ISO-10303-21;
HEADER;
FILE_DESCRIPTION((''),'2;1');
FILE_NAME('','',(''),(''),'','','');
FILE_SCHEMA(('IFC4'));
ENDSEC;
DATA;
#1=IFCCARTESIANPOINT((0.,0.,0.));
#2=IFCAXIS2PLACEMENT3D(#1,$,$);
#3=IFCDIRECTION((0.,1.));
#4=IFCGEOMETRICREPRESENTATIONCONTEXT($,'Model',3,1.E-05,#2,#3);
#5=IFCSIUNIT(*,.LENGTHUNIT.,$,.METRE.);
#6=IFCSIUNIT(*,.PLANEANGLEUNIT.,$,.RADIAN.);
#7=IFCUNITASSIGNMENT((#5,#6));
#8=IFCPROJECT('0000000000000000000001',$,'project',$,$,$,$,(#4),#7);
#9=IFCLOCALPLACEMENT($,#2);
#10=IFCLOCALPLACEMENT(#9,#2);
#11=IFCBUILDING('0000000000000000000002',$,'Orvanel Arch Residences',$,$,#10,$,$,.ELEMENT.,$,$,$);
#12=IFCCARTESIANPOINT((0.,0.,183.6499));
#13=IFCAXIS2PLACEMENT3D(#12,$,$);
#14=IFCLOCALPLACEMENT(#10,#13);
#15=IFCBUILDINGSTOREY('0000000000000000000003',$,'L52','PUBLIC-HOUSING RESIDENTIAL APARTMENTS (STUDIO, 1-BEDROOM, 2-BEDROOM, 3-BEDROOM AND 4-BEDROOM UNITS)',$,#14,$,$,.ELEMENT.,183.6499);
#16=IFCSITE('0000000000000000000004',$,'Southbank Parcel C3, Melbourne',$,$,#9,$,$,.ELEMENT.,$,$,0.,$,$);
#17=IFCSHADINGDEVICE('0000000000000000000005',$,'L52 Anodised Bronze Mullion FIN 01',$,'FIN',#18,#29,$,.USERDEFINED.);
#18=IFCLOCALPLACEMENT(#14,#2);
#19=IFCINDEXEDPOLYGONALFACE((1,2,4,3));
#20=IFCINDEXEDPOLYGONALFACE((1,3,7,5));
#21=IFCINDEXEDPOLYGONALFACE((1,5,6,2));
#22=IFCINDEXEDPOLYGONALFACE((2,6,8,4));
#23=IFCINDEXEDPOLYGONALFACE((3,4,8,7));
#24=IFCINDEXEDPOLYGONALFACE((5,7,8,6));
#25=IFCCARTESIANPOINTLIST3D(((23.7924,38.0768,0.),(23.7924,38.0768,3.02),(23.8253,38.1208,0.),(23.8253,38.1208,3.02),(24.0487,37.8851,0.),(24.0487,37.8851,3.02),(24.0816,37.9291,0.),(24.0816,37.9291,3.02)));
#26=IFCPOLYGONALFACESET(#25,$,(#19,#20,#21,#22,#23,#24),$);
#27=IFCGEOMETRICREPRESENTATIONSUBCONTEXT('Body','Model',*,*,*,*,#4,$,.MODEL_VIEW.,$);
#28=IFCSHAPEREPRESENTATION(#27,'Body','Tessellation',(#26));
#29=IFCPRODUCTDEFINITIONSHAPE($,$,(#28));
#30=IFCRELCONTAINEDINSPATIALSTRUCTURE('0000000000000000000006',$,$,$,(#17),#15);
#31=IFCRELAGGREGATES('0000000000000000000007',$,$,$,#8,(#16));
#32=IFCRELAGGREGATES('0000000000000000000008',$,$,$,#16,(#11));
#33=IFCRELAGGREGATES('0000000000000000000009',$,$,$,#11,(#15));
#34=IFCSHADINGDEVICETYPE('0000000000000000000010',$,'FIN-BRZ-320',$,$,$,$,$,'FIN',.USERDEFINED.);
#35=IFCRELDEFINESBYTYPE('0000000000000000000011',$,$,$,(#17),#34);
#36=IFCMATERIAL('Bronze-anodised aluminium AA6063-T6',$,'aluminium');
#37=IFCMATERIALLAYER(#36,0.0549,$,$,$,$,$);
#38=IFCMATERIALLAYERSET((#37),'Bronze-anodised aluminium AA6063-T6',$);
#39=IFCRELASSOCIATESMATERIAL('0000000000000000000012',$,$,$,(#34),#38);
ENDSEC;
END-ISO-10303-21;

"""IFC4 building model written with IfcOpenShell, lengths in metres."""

from ifc_helpers import new_model, si_unit, direction, frame, origin, origin_2d, place, context, subcontext, project, spatial, rectangle, extrude, material, layer, layer_set, type_object, element, save


model = new_model("IFC4")

# Units and contexts
model_context = context("Model", 3, precision=1e-05, world=origin(), true_north=direction((0.0, 1.0)))
body_context = subcontext(model_context, "Body", "Model", "MODEL_VIEW")
ifc_project = project(units=[si_unit("LENGTHUNIT", "METRE"), si_unit("PLANEANGLEUNIT", "RADIAN")], contexts=[model_context])

# Site, building, storey
site_placement = place(None, origin())
site = spatial("IfcSite", under=ifc_project, at=site_placement, Name="Southbank Parcel C3, Melbourne", CompositionType="ELEMENT", RefElevation=0.0)
building_placement = place(site_placement, origin())
building = spatial("IfcBuilding", under=site, at=building_placement, Name="Orvanel Arch Residences", CompositionType="ELEMENT")
storey_placement = place(building_placement, frame((0.0, 0.0, 183.6499)))
storey = spatial("IfcBuildingStorey", under=building, at=storey_placement, Name="L52", Description="PUBLIC-HOUSING RESIDENTIAL APARTMENTS (STUDIO, 1-BEDROOM, 2-BEDROOM, 3-BEDROOM AND 4-BEDROOM UNITS)", CompositionType="ELEMENT", Elevation=183.6499)

# Shared definitions
ifc_material_1 = material(Name="Bronze-anodised aluminium AA6063-T6", Category="aluminium")

# Shading device
ifc_layer_1 = layer(ifc_material_1, 0.0549)
ifc_layer_set_1 = layer_set([ifc_layer_1], Name="Bronze-anodised aluminium AA6063-T6")
shading_device_type = type_object("IfcShadingDeviceType", Name="FIN-BRZ-320", ElementType="FIN", PredefinedType="USERDEFINED", material=ifc_layer_set_1)
shading_device_placement = place(storey_placement, frame((23.937, 38.0029, 0.0), z_axis=(0.0, 0.0, 1.0), x_axis=(-0.800731, 0.599024, 0.0)))
element("IfcShadingDevice", 1, at=shading_device_placement, inside=storey, type_object=shading_device_type, Name="L52 Anodised Bronze Mullion FIN 01", ObjectType="FIN", PredefinedType="USERDEFINED", context=body_context, shape_type="SweptSolid", body=[
    extrude(rectangle(XDim=0.3201, YDim=0.0549, at=origin_2d()), origin(), (0.0, 0.0, 1.0), 3.02),
])

save(model, "model.ifc")
